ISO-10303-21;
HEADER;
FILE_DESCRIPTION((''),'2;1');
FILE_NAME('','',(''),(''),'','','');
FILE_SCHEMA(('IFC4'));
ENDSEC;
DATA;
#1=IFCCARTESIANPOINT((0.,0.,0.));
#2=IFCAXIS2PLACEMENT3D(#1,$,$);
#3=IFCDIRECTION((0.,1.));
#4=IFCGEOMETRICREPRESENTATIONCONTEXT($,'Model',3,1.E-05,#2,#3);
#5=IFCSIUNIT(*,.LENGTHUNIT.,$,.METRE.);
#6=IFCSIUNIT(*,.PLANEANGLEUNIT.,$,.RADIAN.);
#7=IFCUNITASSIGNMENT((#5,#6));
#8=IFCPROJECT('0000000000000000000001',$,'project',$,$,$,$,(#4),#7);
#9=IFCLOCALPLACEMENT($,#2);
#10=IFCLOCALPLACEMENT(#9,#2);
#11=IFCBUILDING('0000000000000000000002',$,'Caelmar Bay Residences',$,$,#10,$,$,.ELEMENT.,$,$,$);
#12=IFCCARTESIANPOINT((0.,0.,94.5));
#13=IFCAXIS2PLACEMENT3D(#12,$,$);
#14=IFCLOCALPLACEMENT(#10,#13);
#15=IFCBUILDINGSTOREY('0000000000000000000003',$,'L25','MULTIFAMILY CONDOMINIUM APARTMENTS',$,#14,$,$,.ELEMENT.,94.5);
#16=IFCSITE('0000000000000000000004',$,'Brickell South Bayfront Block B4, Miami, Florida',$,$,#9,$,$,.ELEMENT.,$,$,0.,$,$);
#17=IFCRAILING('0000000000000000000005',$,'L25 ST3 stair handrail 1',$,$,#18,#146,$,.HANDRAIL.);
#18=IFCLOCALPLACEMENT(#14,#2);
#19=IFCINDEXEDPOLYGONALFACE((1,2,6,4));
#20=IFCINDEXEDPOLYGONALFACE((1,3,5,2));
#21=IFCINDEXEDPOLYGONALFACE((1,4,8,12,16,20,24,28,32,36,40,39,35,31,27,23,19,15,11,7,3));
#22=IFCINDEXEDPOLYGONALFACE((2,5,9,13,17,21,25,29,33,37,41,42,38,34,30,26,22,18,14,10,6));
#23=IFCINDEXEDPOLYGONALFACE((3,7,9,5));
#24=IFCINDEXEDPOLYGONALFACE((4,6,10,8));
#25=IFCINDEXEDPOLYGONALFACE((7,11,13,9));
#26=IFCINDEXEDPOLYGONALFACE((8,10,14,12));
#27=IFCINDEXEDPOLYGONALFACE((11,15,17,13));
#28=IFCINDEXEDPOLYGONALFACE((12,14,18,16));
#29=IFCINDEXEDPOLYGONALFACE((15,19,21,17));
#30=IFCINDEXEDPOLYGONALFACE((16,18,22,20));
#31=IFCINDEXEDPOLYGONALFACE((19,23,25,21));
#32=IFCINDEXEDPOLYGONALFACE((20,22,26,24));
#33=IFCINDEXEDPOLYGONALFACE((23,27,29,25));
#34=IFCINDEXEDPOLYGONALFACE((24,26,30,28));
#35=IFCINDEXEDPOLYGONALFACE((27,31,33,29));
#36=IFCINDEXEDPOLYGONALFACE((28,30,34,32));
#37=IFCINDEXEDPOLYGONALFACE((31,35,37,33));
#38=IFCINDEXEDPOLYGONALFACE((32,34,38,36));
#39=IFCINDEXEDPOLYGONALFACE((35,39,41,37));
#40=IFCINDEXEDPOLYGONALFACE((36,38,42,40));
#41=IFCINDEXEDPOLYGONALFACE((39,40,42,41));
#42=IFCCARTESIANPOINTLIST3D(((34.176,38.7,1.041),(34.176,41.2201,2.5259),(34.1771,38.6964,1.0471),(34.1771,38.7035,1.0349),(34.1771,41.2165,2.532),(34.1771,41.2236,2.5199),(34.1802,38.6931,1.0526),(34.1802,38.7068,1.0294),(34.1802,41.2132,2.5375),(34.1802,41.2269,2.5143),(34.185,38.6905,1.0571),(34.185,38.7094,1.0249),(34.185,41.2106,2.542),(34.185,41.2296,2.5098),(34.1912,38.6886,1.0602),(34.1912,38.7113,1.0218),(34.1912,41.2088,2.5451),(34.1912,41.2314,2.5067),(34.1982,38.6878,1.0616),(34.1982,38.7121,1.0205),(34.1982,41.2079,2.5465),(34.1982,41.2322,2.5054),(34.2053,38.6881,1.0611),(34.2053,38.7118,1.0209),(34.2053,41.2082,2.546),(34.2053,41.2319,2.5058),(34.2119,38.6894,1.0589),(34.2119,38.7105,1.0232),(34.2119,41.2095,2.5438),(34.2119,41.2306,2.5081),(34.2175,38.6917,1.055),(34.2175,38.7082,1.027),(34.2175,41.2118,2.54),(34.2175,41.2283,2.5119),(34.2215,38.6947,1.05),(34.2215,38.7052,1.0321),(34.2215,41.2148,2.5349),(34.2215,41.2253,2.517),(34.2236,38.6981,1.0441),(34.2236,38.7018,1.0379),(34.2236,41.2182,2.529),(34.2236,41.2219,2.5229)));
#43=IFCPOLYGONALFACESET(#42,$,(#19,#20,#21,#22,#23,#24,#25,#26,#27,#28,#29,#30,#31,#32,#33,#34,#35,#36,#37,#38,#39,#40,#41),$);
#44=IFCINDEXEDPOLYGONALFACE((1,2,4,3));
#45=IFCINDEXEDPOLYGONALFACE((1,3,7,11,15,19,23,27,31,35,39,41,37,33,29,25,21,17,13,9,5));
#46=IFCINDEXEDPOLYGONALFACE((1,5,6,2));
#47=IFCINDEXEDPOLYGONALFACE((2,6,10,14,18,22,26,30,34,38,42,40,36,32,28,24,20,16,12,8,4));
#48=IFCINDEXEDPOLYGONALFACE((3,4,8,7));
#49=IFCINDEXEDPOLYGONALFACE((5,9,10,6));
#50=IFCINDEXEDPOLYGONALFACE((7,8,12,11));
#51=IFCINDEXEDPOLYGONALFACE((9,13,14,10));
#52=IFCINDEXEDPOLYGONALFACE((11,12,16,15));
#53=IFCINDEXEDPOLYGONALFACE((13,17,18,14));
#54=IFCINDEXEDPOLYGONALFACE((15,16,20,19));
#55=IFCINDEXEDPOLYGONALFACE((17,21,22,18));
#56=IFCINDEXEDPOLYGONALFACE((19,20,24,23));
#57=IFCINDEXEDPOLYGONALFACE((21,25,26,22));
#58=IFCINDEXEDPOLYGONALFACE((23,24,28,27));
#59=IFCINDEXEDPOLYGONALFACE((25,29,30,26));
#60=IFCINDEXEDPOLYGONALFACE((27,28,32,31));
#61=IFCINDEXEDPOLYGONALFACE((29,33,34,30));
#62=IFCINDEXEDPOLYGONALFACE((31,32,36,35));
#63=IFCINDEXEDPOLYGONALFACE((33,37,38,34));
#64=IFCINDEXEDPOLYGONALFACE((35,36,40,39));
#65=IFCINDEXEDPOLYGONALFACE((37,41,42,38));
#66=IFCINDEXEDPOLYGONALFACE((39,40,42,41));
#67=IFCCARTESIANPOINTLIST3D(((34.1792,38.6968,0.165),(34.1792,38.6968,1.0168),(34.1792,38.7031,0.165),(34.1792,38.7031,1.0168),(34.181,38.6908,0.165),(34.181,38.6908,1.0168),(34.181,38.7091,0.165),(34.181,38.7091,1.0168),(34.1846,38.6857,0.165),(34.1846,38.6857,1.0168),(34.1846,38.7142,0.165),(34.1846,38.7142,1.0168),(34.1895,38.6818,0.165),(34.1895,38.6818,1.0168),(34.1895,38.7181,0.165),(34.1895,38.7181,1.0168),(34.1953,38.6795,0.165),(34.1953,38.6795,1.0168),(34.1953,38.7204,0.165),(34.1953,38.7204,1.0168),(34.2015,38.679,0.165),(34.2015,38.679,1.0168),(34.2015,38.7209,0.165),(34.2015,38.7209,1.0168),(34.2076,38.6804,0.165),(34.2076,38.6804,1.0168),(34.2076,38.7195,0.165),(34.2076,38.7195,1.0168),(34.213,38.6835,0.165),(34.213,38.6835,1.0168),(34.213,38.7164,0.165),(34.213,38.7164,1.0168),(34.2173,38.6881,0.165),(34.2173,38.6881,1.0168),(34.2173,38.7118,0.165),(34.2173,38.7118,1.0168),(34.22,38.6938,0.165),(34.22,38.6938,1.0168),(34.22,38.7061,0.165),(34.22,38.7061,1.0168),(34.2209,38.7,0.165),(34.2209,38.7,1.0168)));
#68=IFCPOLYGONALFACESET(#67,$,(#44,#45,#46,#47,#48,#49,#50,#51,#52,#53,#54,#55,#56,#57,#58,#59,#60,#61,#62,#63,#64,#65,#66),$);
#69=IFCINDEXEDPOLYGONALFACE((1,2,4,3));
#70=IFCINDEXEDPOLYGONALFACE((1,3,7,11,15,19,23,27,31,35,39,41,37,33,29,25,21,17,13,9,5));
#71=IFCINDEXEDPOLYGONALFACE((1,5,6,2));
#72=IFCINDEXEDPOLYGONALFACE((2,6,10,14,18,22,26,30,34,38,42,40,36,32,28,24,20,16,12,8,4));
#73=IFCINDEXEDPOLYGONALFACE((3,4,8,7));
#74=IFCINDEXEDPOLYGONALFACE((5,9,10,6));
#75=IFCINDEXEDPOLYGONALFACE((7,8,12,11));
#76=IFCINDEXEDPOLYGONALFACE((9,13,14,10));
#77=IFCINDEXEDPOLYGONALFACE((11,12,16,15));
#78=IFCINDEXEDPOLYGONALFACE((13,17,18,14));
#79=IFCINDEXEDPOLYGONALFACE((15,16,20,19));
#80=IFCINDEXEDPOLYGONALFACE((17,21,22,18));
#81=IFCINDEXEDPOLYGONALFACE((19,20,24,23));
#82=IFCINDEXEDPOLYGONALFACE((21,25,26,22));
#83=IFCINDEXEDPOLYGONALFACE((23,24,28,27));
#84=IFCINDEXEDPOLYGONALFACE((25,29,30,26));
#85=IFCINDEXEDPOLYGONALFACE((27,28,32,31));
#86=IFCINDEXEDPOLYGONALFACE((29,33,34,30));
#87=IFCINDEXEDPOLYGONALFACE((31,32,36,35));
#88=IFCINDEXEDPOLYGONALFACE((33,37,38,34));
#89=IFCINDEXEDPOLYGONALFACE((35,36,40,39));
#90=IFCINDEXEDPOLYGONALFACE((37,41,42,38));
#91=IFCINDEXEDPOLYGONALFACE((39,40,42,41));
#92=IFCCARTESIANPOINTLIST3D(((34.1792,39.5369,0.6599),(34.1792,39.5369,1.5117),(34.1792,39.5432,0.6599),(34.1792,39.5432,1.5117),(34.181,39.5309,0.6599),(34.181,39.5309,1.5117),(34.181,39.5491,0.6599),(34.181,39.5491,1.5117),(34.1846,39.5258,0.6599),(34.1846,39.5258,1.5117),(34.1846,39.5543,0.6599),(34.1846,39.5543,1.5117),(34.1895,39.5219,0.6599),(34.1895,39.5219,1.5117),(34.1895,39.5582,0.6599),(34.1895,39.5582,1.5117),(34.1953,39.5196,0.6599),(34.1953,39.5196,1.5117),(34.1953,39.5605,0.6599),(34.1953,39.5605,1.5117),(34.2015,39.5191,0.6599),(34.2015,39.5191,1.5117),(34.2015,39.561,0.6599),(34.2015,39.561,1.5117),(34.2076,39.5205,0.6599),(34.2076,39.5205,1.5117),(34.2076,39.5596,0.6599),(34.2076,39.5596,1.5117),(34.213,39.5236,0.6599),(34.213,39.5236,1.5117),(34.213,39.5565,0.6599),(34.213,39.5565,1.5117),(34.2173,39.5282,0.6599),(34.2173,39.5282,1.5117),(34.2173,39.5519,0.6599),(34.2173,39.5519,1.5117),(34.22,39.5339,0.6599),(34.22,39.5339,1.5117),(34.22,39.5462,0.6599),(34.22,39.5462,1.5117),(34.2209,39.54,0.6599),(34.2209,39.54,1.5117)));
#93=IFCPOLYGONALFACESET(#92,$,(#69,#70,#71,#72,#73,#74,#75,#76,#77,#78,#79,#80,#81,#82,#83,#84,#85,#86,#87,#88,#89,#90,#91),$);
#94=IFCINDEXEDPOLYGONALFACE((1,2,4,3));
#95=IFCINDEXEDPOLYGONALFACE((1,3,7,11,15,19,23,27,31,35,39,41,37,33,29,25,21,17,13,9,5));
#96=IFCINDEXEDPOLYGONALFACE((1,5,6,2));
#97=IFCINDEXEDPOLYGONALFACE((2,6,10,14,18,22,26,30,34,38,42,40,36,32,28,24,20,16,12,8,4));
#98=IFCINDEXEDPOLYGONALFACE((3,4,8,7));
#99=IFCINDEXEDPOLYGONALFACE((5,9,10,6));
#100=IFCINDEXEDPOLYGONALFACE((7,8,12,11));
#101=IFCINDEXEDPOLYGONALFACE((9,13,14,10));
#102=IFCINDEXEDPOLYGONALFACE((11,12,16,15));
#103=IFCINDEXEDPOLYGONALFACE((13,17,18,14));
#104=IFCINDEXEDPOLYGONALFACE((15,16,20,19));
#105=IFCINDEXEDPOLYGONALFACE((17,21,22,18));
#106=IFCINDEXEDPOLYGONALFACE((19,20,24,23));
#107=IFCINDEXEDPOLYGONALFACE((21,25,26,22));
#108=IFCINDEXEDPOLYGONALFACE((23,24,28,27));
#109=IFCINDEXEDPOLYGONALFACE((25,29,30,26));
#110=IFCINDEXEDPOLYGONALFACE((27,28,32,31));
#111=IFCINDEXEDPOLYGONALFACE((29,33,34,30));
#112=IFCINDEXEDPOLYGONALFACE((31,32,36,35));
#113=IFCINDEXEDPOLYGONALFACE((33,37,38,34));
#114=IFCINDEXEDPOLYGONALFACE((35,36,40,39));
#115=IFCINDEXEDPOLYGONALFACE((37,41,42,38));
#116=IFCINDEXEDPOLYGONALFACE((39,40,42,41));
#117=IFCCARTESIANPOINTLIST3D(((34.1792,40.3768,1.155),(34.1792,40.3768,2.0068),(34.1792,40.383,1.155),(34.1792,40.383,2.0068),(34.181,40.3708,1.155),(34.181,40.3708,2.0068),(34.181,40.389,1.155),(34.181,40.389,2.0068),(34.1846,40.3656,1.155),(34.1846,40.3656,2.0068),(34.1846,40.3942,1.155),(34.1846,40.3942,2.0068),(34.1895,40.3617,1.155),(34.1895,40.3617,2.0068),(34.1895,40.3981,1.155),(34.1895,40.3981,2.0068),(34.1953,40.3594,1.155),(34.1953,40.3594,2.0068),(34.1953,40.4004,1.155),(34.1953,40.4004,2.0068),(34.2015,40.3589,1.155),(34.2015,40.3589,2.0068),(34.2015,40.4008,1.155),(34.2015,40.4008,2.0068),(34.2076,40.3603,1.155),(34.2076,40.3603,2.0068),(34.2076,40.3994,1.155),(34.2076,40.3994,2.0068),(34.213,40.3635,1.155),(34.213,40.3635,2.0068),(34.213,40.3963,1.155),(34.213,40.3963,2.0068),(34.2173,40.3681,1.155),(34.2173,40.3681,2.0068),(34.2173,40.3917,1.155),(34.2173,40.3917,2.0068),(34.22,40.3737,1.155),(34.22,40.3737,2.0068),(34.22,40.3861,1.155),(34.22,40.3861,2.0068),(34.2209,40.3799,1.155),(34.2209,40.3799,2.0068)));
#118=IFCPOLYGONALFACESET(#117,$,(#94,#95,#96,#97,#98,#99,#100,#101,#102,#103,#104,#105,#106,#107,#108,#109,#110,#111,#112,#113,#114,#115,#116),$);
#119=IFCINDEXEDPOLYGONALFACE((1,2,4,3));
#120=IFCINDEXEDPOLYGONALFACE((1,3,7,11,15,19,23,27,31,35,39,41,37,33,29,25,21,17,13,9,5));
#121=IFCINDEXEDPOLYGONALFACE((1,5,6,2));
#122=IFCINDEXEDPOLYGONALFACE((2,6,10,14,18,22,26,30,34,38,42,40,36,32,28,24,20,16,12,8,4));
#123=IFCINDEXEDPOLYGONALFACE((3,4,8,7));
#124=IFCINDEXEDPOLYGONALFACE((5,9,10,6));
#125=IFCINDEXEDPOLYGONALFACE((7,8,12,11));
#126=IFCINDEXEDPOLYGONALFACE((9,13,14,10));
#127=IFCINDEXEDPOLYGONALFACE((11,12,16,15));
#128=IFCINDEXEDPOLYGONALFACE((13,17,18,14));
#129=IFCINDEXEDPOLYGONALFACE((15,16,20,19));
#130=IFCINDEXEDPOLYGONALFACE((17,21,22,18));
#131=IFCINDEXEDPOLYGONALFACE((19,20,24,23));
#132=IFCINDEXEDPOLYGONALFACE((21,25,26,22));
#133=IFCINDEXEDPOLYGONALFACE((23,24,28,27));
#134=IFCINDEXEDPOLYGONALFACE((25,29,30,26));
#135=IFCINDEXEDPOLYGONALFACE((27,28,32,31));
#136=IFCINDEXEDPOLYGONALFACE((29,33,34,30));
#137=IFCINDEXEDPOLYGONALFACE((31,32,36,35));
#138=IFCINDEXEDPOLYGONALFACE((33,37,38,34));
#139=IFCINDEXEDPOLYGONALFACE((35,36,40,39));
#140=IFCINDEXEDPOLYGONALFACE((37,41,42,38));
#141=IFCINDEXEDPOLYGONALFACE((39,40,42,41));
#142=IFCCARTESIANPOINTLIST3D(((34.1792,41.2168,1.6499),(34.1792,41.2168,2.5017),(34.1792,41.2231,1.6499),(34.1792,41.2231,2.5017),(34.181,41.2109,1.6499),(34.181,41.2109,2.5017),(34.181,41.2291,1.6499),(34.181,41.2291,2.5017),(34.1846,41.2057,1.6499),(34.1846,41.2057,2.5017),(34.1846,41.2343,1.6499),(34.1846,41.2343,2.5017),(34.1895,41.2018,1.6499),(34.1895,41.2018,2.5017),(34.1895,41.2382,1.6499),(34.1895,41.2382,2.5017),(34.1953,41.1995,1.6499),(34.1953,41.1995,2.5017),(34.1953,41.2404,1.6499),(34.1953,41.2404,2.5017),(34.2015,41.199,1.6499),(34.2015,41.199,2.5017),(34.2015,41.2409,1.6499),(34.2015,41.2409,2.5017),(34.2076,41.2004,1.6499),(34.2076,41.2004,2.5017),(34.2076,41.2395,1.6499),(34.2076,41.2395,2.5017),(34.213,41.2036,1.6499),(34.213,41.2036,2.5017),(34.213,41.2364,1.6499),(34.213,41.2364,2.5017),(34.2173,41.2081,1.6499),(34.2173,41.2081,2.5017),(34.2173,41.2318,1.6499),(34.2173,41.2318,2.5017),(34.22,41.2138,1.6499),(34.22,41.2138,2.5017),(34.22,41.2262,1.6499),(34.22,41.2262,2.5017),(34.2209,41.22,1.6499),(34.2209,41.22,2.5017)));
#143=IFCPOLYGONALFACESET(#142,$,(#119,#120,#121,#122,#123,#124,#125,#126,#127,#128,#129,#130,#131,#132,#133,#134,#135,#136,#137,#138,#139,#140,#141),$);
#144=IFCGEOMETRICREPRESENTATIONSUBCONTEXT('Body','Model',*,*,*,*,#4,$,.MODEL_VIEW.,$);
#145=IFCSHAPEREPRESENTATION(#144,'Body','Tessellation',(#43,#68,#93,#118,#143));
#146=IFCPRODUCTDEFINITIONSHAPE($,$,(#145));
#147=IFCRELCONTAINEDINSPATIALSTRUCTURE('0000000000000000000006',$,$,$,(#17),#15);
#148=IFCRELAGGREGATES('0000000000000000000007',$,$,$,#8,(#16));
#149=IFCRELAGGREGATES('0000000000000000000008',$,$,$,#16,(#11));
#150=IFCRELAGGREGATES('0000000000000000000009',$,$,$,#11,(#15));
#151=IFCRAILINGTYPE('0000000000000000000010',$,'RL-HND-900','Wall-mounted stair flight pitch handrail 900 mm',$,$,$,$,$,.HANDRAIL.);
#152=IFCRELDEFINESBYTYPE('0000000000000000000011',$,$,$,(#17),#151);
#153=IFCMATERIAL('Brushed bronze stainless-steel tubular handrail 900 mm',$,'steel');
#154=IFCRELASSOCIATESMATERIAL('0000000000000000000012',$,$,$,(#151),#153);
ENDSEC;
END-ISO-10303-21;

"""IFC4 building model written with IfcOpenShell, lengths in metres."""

from ifc_helpers import new_model, si_unit, direction, frame, origin, origin_2d, place, context, subcontext, project, spatial, circle, extrude, material, type_object, element, save


model = new_model("IFC4")

# Units and contexts
model_context = context("Model", 3, precision=1e-05, world=origin(), true_north=direction((0.0, 1.0)))
body_context = subcontext(model_context, "Body", "Model", "MODEL_VIEW")
ifc_project = project(units=[si_unit("LENGTHUNIT", "METRE"), si_unit("PLANEANGLEUNIT", "RADIAN")], contexts=[model_context])

# Site, building, storey
site_placement = place(None, origin())
site = spatial("IfcSite", under=ifc_project, at=site_placement, Name="Brickell South Bayfront Block B4, Miami, Florida", CompositionType="ELEMENT", RefElevation=0.0)
building_placement = place(site_placement, origin())
building = spatial("IfcBuilding", under=site, at=building_placement, Name="Caelmar Bay Residences", CompositionType="ELEMENT")
storey_placement = place(building_placement, frame((0.0, 0.0, 94.5)))
storey = spatial("IfcBuildingStorey", under=building, at=storey_placement, Name="L25", Description="MULTIFAMILY CONDOMINIUM APARTMENTS", CompositionType="ELEMENT", Elevation=94.5)

# Railing
ifc_material_1 = material(Name="Brushed bronze stainless-steel tubular handrail 900 mm", Category="steel")
railing_type_1 = type_object("IfcRailingType", Name="RL-HND-900", Description="Wall-mounted stair flight pitch handrail 900 mm", PredefinedType="HANDRAIL", material=ifc_material_1)
railing_1_placement = place(storey_placement, frame((34.2, 38.7, 0.165)))
element("IfcRailing", 1, at=railing_1_placement, inside=storey, type_object=railing_type_1, Name="L25 ST3 stair handrail 1", PredefinedType="HANDRAIL", context=body_context, shape_type="SweptSolid", body=[
    extrude(circle(Radius=0.0239, at=origin_2d()), frame((0.0, 0.0, 0.876), z_axis=(0.0, 0.861561, 0.507655), x_axis=(-1.0, 0.0, 0.0)), (0.0, 0.0, 1.0), 2.925),
    extrude(circle(Radius=0.021, at=origin_2d()), origin(), (0.0, 0.0, 1.0), 0.8518),
    extrude(circle(Radius=0.021, at=origin_2d()), frame((0.0, 0.8401, 0.4949)), (0.0, 0.0, 1.0), 0.8518),
    extrude(circle(Radius=0.021, at=origin_2d()), frame((0.0, 1.6799, 0.99)), (0.0, 0.0, 1.0), 0.8518),
    extrude(circle(Radius=0.021, at=origin_2d()), frame((0.0, 2.52, 1.4849)), (0.0, 0.0, 1.0), 0.8518),
])

save(model, "model.ifc")
